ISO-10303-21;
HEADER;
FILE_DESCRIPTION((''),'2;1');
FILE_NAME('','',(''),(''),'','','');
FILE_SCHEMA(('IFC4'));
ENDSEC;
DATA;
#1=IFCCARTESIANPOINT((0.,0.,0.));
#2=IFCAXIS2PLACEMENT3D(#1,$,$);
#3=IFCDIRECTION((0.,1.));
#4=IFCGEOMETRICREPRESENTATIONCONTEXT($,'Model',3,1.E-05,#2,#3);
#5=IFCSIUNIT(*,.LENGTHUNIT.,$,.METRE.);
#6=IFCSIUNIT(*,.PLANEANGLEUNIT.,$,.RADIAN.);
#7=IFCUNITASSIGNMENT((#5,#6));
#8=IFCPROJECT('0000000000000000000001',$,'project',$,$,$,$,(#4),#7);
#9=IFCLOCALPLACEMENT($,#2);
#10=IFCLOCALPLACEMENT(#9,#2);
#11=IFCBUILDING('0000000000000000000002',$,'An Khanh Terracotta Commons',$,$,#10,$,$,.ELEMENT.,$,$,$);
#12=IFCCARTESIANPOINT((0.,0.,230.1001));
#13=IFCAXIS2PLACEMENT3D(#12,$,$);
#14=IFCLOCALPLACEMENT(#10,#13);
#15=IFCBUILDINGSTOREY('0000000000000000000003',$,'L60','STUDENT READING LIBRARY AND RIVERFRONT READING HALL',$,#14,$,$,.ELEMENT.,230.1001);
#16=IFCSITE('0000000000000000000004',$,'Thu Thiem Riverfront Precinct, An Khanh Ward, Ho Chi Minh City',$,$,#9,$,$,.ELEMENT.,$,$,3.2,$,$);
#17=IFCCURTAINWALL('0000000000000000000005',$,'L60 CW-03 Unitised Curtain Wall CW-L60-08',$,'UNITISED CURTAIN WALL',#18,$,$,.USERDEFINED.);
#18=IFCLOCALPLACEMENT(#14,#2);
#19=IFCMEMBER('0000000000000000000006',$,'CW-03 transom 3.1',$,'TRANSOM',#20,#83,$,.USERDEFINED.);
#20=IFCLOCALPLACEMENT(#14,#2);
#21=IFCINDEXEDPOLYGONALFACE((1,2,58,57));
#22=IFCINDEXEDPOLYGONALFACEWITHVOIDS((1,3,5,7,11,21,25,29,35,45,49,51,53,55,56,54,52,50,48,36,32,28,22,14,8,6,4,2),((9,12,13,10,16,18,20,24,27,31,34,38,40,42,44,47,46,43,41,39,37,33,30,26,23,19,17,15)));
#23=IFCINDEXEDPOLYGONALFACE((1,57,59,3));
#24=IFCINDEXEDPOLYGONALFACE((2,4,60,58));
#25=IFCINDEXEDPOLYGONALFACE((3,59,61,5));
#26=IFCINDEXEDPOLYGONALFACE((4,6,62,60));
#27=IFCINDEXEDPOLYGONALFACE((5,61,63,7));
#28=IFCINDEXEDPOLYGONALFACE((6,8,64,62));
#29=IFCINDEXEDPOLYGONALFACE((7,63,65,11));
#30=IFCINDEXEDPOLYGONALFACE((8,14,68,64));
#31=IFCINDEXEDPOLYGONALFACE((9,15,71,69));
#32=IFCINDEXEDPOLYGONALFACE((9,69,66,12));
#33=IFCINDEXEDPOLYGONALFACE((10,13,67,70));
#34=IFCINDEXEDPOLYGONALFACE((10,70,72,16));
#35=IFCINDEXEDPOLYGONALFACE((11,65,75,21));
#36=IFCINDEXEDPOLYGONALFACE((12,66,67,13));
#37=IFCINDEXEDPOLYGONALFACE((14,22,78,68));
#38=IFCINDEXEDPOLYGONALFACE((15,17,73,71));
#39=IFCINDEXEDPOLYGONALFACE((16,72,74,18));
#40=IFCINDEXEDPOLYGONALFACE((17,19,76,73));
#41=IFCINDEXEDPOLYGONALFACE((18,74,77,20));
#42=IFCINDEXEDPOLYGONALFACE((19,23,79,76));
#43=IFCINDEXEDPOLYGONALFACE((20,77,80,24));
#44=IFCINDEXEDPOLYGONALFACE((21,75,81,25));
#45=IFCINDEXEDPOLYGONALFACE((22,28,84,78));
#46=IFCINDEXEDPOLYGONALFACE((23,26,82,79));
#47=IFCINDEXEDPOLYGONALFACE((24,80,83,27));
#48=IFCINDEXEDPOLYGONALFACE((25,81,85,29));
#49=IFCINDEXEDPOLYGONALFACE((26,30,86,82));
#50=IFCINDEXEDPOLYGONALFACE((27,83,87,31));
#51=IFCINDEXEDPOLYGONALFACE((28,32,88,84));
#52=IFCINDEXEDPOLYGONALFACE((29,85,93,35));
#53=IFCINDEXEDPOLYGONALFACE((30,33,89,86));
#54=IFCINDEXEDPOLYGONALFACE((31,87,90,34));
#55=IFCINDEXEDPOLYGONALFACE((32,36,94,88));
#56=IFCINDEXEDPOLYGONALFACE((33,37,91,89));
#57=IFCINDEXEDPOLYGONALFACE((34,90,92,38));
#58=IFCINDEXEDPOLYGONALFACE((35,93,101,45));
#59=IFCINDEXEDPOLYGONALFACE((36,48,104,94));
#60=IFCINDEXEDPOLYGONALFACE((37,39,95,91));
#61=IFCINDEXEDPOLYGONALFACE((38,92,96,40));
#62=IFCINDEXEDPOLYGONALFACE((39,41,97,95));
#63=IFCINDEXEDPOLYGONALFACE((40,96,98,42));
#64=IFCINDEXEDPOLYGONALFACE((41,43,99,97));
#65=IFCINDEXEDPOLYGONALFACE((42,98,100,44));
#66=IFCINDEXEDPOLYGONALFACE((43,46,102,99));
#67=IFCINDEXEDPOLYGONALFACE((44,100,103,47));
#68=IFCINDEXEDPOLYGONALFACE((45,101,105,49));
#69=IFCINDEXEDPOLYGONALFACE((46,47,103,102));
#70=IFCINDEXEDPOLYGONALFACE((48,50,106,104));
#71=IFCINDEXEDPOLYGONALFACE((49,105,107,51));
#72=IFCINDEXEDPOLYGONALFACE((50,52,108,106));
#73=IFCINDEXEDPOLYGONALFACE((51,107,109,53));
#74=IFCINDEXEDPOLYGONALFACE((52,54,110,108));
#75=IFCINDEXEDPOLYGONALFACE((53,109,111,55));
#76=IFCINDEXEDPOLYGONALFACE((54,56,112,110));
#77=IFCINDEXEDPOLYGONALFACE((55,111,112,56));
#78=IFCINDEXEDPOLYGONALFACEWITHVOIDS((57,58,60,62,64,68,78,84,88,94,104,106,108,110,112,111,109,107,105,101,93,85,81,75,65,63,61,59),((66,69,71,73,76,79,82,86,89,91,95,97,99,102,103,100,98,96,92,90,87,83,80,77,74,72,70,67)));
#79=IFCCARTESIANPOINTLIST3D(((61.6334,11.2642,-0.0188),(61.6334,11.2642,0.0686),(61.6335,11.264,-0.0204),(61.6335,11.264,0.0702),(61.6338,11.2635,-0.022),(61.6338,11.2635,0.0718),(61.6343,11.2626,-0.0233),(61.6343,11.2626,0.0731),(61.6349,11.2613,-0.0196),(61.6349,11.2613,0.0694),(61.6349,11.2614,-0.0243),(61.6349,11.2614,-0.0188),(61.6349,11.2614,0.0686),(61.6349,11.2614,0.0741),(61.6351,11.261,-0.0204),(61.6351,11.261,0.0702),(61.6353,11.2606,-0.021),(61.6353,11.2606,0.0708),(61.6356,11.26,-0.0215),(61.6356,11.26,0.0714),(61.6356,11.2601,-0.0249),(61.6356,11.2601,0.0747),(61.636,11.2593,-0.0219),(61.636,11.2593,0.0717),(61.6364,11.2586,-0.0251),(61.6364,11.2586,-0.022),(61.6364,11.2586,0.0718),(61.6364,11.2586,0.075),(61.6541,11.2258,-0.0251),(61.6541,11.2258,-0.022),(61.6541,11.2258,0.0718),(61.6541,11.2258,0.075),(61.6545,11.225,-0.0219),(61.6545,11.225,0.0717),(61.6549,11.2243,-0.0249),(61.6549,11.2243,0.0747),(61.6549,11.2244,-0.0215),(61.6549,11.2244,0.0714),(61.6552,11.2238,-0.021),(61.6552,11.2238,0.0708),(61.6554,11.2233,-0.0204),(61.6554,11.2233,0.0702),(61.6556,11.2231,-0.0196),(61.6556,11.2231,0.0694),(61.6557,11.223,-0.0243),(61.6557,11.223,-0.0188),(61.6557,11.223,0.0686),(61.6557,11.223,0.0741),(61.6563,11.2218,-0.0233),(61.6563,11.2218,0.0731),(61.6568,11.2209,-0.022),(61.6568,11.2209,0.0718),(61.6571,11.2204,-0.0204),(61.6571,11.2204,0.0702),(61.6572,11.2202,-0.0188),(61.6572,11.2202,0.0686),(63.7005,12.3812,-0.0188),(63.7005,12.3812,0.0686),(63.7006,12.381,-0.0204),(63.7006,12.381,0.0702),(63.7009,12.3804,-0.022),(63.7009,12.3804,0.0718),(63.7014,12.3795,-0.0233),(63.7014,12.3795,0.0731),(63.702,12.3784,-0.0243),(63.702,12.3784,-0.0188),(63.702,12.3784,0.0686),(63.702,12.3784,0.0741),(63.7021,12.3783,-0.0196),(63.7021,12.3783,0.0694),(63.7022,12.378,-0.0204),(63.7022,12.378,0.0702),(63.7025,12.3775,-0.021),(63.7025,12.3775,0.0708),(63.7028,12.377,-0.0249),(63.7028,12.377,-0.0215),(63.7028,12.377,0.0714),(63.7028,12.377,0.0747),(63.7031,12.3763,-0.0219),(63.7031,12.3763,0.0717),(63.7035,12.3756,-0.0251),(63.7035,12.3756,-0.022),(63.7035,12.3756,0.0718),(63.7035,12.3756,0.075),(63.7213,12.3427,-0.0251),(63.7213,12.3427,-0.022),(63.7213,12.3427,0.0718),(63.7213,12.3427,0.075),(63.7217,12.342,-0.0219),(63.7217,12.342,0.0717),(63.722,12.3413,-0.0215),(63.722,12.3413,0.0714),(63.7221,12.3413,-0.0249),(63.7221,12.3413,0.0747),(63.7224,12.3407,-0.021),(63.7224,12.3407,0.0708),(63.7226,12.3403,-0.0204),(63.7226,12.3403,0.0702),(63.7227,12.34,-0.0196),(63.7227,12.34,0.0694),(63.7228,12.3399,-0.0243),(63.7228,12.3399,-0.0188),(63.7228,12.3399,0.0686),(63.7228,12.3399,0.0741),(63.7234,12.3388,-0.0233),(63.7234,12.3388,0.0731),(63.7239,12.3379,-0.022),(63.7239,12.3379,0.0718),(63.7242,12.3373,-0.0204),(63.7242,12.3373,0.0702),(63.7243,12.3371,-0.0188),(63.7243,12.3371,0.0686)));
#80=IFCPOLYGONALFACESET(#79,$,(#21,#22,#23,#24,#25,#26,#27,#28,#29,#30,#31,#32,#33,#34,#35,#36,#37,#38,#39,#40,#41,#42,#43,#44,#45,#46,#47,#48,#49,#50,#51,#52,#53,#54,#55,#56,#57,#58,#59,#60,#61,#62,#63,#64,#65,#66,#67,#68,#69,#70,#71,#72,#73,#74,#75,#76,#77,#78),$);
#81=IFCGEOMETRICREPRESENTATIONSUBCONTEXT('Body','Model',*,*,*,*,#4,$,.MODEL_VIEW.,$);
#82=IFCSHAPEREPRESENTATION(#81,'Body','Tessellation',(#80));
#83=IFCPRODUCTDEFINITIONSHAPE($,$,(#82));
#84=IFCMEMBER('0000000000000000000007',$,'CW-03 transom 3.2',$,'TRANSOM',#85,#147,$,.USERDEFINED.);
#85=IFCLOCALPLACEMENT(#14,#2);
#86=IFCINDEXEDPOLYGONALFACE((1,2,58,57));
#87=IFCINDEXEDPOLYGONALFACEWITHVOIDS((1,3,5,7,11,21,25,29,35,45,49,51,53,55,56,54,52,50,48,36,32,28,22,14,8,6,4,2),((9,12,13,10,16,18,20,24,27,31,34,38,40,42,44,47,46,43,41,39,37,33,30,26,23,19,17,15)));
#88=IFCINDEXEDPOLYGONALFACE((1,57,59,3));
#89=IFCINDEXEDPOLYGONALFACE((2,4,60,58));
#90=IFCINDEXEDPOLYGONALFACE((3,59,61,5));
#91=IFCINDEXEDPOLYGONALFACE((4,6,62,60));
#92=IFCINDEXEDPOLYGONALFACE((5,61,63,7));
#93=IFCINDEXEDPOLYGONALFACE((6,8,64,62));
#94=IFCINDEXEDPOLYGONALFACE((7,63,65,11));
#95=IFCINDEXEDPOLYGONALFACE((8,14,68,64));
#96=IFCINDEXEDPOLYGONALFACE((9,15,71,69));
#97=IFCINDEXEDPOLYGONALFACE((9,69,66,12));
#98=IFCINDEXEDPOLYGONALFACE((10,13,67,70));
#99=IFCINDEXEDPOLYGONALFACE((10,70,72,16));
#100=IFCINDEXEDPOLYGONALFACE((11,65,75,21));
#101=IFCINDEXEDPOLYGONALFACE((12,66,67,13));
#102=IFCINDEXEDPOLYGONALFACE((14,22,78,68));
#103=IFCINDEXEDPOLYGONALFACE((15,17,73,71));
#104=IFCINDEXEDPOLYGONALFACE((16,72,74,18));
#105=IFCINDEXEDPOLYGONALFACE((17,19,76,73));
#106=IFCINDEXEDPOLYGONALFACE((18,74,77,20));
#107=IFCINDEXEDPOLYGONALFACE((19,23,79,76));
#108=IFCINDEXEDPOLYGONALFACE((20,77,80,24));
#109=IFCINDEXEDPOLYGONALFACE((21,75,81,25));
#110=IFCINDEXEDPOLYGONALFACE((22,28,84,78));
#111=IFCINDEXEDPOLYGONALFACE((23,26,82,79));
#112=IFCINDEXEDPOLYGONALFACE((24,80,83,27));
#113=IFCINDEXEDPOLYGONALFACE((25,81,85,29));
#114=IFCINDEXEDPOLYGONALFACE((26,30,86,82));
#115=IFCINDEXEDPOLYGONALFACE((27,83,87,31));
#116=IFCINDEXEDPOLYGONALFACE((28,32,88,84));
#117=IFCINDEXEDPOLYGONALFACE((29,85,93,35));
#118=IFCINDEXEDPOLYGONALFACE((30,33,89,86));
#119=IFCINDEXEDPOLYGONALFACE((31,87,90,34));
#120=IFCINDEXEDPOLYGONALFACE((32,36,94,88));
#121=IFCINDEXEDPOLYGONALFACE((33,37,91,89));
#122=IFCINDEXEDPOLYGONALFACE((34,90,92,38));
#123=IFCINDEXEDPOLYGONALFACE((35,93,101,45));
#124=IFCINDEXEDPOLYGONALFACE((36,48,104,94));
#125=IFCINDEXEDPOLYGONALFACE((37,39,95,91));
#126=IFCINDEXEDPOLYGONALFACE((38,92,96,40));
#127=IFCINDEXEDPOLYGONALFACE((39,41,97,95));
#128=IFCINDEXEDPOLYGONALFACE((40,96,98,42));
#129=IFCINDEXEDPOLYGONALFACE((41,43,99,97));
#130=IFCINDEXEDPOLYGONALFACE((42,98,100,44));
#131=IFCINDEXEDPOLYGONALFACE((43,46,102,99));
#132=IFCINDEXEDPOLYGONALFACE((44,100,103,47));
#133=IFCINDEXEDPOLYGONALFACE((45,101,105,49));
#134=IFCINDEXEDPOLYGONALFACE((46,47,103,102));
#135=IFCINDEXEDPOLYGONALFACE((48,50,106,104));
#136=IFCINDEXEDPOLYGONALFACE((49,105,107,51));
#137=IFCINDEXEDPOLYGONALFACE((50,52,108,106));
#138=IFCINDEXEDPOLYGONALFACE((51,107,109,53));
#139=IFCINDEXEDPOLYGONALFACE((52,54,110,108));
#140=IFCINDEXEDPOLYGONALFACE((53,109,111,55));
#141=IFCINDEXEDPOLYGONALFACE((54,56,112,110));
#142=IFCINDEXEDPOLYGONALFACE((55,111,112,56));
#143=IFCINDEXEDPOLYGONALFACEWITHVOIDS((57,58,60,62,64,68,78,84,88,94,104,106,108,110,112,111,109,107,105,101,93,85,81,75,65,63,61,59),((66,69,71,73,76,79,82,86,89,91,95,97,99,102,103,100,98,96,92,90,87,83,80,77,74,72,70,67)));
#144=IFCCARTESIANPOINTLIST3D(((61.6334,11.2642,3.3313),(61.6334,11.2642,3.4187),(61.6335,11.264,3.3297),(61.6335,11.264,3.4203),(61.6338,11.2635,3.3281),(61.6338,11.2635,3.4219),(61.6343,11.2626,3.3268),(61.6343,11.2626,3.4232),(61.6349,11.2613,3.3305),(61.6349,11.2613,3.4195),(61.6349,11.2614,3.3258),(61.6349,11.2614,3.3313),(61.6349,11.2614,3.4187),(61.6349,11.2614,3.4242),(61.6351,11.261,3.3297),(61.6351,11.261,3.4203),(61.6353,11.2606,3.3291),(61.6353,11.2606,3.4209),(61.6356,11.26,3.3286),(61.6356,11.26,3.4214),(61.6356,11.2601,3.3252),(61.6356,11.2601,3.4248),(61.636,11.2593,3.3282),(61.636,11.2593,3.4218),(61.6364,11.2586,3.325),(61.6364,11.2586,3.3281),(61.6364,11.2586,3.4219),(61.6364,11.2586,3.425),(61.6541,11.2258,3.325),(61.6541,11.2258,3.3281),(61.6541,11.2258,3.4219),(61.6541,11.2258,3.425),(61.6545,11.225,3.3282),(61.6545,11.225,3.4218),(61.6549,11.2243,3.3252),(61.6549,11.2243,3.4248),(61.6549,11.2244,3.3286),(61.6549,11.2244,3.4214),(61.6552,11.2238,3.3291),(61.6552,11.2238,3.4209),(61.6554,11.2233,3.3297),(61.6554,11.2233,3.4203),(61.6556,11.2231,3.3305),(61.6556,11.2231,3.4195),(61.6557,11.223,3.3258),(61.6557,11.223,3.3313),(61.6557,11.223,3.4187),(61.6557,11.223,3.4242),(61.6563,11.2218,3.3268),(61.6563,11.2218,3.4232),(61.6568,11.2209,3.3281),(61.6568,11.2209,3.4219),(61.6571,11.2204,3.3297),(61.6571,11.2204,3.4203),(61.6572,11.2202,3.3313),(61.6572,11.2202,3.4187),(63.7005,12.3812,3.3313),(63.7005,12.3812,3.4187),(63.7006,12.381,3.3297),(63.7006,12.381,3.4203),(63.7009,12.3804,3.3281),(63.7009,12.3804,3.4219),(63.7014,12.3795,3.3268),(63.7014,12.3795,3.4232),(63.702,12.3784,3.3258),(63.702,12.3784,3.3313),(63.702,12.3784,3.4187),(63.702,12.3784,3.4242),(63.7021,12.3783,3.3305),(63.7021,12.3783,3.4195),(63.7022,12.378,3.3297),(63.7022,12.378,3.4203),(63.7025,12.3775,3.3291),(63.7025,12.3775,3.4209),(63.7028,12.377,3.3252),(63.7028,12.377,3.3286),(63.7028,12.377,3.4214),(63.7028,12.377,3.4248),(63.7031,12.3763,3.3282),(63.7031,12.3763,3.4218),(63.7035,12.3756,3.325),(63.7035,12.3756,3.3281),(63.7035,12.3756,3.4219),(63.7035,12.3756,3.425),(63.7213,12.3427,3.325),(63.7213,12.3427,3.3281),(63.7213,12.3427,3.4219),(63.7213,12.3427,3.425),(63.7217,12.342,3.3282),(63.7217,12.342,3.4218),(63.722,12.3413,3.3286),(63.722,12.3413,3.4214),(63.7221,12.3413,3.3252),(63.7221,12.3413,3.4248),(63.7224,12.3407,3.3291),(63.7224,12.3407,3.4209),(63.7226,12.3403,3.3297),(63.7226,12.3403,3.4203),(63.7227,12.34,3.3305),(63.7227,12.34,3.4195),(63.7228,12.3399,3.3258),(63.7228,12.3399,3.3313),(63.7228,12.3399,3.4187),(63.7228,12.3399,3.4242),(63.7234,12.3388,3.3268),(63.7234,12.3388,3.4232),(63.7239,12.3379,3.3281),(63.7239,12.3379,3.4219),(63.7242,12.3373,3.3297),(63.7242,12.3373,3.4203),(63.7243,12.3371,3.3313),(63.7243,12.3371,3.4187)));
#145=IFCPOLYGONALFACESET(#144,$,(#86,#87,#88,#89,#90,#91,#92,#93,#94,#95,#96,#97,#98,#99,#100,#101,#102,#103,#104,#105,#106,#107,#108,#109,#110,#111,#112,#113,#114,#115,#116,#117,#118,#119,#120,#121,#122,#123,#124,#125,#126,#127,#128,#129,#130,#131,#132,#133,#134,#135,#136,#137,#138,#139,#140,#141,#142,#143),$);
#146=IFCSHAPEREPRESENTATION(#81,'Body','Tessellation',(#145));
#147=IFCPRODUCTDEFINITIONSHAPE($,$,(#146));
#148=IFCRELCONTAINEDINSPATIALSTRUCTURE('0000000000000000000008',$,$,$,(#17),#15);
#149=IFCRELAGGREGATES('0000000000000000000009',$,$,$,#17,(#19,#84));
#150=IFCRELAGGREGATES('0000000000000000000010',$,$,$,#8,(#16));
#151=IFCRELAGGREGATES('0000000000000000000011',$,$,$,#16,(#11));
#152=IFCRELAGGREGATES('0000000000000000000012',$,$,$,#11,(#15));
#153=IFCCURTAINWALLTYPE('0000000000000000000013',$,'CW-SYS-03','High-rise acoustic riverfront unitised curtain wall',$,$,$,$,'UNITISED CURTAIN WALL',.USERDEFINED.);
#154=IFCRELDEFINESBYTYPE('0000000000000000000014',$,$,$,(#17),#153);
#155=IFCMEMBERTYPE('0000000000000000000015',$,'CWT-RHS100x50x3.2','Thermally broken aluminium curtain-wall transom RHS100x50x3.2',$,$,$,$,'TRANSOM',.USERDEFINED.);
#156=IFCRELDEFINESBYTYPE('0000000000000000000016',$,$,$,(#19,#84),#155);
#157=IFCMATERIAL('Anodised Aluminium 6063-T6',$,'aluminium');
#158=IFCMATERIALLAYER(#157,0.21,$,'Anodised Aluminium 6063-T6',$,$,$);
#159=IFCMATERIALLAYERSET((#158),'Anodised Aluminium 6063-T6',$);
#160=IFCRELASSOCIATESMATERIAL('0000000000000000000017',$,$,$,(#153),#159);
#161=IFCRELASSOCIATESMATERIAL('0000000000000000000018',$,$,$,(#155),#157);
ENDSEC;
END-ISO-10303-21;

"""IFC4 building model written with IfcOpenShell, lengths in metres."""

from ifc_helpers import new_model, si_unit, direction, frame, origin, origin_2d, place, context, subcontext, project, spatial, hollow_rectangle, extrude, material, layer, layer_set, material_profile, profile_set, type_object, element, aggregate, save


model = new_model("IFC4")

# Units and contexts
model_context = context("Model", 3, precision=1e-05, world=origin(), true_north=direction((0.0, 1.0)))
body_context = subcontext(model_context, "Body", "Model", "MODEL_VIEW")
ifc_project = project(units=[si_unit("LENGTHUNIT", "METRE"), si_unit("PLANEANGLEUNIT", "RADIAN")], contexts=[model_context])

# Site, building, storey
site_placement = place(None, origin())
site = spatial("IfcSite", under=ifc_project, at=site_placement, Name="Thu Thiem Riverfront Precinct, An Khanh Ward, Ho Chi Minh City", CompositionType="ELEMENT", RefElevation=3.2)
building_placement = place(site_placement, origin())
building = spatial("IfcBuilding", under=site, at=building_placement, Name="An Khanh Terracotta Commons", CompositionType="ELEMENT")
storey_placement = place(building_placement, frame((0.0, 0.0, 230.1001)))
storey = spatial("IfcBuildingStorey", under=building, at=storey_placement, Name="L60", Description="STUDENT READING LIBRARY AND RIVERFRONT READING HALL", CompositionType="ELEMENT", Elevation=230.1001)

# Shared definitions
ifc_material_1 = material(Name="Anodised Aluminium 6063-T6", Category="aluminium")

# Curtain wall, members
ifc_layer_1 = layer(ifc_material_1, 0.21, Name="Anodised Aluminium 6063-T6")
ifc_layer_set_1 = layer_set([ifc_layer_1], Name="Anodised Aluminium 6063-T6")
curtain_wall_type_1 = type_object("IfcCurtainWallType", Name="CW-SYS-03", Description="High-rise acoustic riverfront unitised curtain wall", ElementType="UNITISED CURTAIN WALL", PredefinedType="USERDEFINED", material=ifc_layer_set_1)
curtain_wall_1_placement = place(storey_placement, origin())
curtain_wall_1 = element("IfcCurtainWall", 1, at=curtain_wall_1_placement, inside=storey, type_object=curtain_wall_type_1, Name="L60 CW-03 Unitised Curtain Wall CW-L60-08", ObjectType="UNITISED CURTAIN WALL", PredefinedType="USERDEFINED")
ifc_material_profile_1 = material_profile(ifc_material_1, hollow_rectangle(XDim=0.05, YDim=0.1001, WallThickness=0.0032, InnerFilletRadius=0.0032, OuterFilletRadius=0.0063, at=origin_2d()), Name="RHS100x50x3.2")
ifc_profile_set_1 = profile_set([ifc_material_profile_1], Name="Anodised Aluminium 6063-T6")
member_type_1 = type_object("IfcMemberType", Name="CWT-RHS100x50x3.2", Description="Thermally broken aluminium curtain-wall transom RHS100x50x3.2", ElementType="TRANSOM", PredefinedType="USERDEFINED", material=ifc_profile_set_1)
member_1_placement = place(storey_placement, frame((61.6453, 11.2422, 0.0249), z_axis=(0.879783, 0.475376, 0.0), x_axis=(-0.475376, 0.879783, 0.0)))
member_1 = element("IfcMember", 2, at=member_1_placement, type_object=member_type_1, Name="CW-03 transom 3.1", ObjectType="TRANSOM", PredefinedType="USERDEFINED", context=body_context, shape_type="SweptSolid", body=[
    extrude(hollow_rectangle(XDim=0.05, YDim=0.1001, WallThickness=0.0032, InnerFilletRadius=0.0032, OuterFilletRadius=0.0063, at=origin_2d()), origin(), (0.0, 0.0, 1.0), 2.3496),
])
member_2_placement = place(storey_placement, frame((61.6453, 11.2422, 3.375), z_axis=(0.879783, 0.475376, 0.0), x_axis=(-0.475376, 0.879783, 0.0)))
member_2 = element("IfcMember", 3, at=member_2_placement, type_object=member_type_1, Name="CW-03 transom 3.2", ObjectType="TRANSOM", PredefinedType="USERDEFINED", context=body_context, shape_type="SweptSolid", body=[
    extrude(hollow_rectangle(XDim=0.05, YDim=0.1001, WallThickness=0.0032, InnerFilletRadius=0.0032, OuterFilletRadius=0.0063, at=origin_2d()), origin(), (0.0, 0.0, 1.0), 2.3496),
])

aggregate(curtain_wall_1, [member_1, member_2])

save(model, "model.ifc")
